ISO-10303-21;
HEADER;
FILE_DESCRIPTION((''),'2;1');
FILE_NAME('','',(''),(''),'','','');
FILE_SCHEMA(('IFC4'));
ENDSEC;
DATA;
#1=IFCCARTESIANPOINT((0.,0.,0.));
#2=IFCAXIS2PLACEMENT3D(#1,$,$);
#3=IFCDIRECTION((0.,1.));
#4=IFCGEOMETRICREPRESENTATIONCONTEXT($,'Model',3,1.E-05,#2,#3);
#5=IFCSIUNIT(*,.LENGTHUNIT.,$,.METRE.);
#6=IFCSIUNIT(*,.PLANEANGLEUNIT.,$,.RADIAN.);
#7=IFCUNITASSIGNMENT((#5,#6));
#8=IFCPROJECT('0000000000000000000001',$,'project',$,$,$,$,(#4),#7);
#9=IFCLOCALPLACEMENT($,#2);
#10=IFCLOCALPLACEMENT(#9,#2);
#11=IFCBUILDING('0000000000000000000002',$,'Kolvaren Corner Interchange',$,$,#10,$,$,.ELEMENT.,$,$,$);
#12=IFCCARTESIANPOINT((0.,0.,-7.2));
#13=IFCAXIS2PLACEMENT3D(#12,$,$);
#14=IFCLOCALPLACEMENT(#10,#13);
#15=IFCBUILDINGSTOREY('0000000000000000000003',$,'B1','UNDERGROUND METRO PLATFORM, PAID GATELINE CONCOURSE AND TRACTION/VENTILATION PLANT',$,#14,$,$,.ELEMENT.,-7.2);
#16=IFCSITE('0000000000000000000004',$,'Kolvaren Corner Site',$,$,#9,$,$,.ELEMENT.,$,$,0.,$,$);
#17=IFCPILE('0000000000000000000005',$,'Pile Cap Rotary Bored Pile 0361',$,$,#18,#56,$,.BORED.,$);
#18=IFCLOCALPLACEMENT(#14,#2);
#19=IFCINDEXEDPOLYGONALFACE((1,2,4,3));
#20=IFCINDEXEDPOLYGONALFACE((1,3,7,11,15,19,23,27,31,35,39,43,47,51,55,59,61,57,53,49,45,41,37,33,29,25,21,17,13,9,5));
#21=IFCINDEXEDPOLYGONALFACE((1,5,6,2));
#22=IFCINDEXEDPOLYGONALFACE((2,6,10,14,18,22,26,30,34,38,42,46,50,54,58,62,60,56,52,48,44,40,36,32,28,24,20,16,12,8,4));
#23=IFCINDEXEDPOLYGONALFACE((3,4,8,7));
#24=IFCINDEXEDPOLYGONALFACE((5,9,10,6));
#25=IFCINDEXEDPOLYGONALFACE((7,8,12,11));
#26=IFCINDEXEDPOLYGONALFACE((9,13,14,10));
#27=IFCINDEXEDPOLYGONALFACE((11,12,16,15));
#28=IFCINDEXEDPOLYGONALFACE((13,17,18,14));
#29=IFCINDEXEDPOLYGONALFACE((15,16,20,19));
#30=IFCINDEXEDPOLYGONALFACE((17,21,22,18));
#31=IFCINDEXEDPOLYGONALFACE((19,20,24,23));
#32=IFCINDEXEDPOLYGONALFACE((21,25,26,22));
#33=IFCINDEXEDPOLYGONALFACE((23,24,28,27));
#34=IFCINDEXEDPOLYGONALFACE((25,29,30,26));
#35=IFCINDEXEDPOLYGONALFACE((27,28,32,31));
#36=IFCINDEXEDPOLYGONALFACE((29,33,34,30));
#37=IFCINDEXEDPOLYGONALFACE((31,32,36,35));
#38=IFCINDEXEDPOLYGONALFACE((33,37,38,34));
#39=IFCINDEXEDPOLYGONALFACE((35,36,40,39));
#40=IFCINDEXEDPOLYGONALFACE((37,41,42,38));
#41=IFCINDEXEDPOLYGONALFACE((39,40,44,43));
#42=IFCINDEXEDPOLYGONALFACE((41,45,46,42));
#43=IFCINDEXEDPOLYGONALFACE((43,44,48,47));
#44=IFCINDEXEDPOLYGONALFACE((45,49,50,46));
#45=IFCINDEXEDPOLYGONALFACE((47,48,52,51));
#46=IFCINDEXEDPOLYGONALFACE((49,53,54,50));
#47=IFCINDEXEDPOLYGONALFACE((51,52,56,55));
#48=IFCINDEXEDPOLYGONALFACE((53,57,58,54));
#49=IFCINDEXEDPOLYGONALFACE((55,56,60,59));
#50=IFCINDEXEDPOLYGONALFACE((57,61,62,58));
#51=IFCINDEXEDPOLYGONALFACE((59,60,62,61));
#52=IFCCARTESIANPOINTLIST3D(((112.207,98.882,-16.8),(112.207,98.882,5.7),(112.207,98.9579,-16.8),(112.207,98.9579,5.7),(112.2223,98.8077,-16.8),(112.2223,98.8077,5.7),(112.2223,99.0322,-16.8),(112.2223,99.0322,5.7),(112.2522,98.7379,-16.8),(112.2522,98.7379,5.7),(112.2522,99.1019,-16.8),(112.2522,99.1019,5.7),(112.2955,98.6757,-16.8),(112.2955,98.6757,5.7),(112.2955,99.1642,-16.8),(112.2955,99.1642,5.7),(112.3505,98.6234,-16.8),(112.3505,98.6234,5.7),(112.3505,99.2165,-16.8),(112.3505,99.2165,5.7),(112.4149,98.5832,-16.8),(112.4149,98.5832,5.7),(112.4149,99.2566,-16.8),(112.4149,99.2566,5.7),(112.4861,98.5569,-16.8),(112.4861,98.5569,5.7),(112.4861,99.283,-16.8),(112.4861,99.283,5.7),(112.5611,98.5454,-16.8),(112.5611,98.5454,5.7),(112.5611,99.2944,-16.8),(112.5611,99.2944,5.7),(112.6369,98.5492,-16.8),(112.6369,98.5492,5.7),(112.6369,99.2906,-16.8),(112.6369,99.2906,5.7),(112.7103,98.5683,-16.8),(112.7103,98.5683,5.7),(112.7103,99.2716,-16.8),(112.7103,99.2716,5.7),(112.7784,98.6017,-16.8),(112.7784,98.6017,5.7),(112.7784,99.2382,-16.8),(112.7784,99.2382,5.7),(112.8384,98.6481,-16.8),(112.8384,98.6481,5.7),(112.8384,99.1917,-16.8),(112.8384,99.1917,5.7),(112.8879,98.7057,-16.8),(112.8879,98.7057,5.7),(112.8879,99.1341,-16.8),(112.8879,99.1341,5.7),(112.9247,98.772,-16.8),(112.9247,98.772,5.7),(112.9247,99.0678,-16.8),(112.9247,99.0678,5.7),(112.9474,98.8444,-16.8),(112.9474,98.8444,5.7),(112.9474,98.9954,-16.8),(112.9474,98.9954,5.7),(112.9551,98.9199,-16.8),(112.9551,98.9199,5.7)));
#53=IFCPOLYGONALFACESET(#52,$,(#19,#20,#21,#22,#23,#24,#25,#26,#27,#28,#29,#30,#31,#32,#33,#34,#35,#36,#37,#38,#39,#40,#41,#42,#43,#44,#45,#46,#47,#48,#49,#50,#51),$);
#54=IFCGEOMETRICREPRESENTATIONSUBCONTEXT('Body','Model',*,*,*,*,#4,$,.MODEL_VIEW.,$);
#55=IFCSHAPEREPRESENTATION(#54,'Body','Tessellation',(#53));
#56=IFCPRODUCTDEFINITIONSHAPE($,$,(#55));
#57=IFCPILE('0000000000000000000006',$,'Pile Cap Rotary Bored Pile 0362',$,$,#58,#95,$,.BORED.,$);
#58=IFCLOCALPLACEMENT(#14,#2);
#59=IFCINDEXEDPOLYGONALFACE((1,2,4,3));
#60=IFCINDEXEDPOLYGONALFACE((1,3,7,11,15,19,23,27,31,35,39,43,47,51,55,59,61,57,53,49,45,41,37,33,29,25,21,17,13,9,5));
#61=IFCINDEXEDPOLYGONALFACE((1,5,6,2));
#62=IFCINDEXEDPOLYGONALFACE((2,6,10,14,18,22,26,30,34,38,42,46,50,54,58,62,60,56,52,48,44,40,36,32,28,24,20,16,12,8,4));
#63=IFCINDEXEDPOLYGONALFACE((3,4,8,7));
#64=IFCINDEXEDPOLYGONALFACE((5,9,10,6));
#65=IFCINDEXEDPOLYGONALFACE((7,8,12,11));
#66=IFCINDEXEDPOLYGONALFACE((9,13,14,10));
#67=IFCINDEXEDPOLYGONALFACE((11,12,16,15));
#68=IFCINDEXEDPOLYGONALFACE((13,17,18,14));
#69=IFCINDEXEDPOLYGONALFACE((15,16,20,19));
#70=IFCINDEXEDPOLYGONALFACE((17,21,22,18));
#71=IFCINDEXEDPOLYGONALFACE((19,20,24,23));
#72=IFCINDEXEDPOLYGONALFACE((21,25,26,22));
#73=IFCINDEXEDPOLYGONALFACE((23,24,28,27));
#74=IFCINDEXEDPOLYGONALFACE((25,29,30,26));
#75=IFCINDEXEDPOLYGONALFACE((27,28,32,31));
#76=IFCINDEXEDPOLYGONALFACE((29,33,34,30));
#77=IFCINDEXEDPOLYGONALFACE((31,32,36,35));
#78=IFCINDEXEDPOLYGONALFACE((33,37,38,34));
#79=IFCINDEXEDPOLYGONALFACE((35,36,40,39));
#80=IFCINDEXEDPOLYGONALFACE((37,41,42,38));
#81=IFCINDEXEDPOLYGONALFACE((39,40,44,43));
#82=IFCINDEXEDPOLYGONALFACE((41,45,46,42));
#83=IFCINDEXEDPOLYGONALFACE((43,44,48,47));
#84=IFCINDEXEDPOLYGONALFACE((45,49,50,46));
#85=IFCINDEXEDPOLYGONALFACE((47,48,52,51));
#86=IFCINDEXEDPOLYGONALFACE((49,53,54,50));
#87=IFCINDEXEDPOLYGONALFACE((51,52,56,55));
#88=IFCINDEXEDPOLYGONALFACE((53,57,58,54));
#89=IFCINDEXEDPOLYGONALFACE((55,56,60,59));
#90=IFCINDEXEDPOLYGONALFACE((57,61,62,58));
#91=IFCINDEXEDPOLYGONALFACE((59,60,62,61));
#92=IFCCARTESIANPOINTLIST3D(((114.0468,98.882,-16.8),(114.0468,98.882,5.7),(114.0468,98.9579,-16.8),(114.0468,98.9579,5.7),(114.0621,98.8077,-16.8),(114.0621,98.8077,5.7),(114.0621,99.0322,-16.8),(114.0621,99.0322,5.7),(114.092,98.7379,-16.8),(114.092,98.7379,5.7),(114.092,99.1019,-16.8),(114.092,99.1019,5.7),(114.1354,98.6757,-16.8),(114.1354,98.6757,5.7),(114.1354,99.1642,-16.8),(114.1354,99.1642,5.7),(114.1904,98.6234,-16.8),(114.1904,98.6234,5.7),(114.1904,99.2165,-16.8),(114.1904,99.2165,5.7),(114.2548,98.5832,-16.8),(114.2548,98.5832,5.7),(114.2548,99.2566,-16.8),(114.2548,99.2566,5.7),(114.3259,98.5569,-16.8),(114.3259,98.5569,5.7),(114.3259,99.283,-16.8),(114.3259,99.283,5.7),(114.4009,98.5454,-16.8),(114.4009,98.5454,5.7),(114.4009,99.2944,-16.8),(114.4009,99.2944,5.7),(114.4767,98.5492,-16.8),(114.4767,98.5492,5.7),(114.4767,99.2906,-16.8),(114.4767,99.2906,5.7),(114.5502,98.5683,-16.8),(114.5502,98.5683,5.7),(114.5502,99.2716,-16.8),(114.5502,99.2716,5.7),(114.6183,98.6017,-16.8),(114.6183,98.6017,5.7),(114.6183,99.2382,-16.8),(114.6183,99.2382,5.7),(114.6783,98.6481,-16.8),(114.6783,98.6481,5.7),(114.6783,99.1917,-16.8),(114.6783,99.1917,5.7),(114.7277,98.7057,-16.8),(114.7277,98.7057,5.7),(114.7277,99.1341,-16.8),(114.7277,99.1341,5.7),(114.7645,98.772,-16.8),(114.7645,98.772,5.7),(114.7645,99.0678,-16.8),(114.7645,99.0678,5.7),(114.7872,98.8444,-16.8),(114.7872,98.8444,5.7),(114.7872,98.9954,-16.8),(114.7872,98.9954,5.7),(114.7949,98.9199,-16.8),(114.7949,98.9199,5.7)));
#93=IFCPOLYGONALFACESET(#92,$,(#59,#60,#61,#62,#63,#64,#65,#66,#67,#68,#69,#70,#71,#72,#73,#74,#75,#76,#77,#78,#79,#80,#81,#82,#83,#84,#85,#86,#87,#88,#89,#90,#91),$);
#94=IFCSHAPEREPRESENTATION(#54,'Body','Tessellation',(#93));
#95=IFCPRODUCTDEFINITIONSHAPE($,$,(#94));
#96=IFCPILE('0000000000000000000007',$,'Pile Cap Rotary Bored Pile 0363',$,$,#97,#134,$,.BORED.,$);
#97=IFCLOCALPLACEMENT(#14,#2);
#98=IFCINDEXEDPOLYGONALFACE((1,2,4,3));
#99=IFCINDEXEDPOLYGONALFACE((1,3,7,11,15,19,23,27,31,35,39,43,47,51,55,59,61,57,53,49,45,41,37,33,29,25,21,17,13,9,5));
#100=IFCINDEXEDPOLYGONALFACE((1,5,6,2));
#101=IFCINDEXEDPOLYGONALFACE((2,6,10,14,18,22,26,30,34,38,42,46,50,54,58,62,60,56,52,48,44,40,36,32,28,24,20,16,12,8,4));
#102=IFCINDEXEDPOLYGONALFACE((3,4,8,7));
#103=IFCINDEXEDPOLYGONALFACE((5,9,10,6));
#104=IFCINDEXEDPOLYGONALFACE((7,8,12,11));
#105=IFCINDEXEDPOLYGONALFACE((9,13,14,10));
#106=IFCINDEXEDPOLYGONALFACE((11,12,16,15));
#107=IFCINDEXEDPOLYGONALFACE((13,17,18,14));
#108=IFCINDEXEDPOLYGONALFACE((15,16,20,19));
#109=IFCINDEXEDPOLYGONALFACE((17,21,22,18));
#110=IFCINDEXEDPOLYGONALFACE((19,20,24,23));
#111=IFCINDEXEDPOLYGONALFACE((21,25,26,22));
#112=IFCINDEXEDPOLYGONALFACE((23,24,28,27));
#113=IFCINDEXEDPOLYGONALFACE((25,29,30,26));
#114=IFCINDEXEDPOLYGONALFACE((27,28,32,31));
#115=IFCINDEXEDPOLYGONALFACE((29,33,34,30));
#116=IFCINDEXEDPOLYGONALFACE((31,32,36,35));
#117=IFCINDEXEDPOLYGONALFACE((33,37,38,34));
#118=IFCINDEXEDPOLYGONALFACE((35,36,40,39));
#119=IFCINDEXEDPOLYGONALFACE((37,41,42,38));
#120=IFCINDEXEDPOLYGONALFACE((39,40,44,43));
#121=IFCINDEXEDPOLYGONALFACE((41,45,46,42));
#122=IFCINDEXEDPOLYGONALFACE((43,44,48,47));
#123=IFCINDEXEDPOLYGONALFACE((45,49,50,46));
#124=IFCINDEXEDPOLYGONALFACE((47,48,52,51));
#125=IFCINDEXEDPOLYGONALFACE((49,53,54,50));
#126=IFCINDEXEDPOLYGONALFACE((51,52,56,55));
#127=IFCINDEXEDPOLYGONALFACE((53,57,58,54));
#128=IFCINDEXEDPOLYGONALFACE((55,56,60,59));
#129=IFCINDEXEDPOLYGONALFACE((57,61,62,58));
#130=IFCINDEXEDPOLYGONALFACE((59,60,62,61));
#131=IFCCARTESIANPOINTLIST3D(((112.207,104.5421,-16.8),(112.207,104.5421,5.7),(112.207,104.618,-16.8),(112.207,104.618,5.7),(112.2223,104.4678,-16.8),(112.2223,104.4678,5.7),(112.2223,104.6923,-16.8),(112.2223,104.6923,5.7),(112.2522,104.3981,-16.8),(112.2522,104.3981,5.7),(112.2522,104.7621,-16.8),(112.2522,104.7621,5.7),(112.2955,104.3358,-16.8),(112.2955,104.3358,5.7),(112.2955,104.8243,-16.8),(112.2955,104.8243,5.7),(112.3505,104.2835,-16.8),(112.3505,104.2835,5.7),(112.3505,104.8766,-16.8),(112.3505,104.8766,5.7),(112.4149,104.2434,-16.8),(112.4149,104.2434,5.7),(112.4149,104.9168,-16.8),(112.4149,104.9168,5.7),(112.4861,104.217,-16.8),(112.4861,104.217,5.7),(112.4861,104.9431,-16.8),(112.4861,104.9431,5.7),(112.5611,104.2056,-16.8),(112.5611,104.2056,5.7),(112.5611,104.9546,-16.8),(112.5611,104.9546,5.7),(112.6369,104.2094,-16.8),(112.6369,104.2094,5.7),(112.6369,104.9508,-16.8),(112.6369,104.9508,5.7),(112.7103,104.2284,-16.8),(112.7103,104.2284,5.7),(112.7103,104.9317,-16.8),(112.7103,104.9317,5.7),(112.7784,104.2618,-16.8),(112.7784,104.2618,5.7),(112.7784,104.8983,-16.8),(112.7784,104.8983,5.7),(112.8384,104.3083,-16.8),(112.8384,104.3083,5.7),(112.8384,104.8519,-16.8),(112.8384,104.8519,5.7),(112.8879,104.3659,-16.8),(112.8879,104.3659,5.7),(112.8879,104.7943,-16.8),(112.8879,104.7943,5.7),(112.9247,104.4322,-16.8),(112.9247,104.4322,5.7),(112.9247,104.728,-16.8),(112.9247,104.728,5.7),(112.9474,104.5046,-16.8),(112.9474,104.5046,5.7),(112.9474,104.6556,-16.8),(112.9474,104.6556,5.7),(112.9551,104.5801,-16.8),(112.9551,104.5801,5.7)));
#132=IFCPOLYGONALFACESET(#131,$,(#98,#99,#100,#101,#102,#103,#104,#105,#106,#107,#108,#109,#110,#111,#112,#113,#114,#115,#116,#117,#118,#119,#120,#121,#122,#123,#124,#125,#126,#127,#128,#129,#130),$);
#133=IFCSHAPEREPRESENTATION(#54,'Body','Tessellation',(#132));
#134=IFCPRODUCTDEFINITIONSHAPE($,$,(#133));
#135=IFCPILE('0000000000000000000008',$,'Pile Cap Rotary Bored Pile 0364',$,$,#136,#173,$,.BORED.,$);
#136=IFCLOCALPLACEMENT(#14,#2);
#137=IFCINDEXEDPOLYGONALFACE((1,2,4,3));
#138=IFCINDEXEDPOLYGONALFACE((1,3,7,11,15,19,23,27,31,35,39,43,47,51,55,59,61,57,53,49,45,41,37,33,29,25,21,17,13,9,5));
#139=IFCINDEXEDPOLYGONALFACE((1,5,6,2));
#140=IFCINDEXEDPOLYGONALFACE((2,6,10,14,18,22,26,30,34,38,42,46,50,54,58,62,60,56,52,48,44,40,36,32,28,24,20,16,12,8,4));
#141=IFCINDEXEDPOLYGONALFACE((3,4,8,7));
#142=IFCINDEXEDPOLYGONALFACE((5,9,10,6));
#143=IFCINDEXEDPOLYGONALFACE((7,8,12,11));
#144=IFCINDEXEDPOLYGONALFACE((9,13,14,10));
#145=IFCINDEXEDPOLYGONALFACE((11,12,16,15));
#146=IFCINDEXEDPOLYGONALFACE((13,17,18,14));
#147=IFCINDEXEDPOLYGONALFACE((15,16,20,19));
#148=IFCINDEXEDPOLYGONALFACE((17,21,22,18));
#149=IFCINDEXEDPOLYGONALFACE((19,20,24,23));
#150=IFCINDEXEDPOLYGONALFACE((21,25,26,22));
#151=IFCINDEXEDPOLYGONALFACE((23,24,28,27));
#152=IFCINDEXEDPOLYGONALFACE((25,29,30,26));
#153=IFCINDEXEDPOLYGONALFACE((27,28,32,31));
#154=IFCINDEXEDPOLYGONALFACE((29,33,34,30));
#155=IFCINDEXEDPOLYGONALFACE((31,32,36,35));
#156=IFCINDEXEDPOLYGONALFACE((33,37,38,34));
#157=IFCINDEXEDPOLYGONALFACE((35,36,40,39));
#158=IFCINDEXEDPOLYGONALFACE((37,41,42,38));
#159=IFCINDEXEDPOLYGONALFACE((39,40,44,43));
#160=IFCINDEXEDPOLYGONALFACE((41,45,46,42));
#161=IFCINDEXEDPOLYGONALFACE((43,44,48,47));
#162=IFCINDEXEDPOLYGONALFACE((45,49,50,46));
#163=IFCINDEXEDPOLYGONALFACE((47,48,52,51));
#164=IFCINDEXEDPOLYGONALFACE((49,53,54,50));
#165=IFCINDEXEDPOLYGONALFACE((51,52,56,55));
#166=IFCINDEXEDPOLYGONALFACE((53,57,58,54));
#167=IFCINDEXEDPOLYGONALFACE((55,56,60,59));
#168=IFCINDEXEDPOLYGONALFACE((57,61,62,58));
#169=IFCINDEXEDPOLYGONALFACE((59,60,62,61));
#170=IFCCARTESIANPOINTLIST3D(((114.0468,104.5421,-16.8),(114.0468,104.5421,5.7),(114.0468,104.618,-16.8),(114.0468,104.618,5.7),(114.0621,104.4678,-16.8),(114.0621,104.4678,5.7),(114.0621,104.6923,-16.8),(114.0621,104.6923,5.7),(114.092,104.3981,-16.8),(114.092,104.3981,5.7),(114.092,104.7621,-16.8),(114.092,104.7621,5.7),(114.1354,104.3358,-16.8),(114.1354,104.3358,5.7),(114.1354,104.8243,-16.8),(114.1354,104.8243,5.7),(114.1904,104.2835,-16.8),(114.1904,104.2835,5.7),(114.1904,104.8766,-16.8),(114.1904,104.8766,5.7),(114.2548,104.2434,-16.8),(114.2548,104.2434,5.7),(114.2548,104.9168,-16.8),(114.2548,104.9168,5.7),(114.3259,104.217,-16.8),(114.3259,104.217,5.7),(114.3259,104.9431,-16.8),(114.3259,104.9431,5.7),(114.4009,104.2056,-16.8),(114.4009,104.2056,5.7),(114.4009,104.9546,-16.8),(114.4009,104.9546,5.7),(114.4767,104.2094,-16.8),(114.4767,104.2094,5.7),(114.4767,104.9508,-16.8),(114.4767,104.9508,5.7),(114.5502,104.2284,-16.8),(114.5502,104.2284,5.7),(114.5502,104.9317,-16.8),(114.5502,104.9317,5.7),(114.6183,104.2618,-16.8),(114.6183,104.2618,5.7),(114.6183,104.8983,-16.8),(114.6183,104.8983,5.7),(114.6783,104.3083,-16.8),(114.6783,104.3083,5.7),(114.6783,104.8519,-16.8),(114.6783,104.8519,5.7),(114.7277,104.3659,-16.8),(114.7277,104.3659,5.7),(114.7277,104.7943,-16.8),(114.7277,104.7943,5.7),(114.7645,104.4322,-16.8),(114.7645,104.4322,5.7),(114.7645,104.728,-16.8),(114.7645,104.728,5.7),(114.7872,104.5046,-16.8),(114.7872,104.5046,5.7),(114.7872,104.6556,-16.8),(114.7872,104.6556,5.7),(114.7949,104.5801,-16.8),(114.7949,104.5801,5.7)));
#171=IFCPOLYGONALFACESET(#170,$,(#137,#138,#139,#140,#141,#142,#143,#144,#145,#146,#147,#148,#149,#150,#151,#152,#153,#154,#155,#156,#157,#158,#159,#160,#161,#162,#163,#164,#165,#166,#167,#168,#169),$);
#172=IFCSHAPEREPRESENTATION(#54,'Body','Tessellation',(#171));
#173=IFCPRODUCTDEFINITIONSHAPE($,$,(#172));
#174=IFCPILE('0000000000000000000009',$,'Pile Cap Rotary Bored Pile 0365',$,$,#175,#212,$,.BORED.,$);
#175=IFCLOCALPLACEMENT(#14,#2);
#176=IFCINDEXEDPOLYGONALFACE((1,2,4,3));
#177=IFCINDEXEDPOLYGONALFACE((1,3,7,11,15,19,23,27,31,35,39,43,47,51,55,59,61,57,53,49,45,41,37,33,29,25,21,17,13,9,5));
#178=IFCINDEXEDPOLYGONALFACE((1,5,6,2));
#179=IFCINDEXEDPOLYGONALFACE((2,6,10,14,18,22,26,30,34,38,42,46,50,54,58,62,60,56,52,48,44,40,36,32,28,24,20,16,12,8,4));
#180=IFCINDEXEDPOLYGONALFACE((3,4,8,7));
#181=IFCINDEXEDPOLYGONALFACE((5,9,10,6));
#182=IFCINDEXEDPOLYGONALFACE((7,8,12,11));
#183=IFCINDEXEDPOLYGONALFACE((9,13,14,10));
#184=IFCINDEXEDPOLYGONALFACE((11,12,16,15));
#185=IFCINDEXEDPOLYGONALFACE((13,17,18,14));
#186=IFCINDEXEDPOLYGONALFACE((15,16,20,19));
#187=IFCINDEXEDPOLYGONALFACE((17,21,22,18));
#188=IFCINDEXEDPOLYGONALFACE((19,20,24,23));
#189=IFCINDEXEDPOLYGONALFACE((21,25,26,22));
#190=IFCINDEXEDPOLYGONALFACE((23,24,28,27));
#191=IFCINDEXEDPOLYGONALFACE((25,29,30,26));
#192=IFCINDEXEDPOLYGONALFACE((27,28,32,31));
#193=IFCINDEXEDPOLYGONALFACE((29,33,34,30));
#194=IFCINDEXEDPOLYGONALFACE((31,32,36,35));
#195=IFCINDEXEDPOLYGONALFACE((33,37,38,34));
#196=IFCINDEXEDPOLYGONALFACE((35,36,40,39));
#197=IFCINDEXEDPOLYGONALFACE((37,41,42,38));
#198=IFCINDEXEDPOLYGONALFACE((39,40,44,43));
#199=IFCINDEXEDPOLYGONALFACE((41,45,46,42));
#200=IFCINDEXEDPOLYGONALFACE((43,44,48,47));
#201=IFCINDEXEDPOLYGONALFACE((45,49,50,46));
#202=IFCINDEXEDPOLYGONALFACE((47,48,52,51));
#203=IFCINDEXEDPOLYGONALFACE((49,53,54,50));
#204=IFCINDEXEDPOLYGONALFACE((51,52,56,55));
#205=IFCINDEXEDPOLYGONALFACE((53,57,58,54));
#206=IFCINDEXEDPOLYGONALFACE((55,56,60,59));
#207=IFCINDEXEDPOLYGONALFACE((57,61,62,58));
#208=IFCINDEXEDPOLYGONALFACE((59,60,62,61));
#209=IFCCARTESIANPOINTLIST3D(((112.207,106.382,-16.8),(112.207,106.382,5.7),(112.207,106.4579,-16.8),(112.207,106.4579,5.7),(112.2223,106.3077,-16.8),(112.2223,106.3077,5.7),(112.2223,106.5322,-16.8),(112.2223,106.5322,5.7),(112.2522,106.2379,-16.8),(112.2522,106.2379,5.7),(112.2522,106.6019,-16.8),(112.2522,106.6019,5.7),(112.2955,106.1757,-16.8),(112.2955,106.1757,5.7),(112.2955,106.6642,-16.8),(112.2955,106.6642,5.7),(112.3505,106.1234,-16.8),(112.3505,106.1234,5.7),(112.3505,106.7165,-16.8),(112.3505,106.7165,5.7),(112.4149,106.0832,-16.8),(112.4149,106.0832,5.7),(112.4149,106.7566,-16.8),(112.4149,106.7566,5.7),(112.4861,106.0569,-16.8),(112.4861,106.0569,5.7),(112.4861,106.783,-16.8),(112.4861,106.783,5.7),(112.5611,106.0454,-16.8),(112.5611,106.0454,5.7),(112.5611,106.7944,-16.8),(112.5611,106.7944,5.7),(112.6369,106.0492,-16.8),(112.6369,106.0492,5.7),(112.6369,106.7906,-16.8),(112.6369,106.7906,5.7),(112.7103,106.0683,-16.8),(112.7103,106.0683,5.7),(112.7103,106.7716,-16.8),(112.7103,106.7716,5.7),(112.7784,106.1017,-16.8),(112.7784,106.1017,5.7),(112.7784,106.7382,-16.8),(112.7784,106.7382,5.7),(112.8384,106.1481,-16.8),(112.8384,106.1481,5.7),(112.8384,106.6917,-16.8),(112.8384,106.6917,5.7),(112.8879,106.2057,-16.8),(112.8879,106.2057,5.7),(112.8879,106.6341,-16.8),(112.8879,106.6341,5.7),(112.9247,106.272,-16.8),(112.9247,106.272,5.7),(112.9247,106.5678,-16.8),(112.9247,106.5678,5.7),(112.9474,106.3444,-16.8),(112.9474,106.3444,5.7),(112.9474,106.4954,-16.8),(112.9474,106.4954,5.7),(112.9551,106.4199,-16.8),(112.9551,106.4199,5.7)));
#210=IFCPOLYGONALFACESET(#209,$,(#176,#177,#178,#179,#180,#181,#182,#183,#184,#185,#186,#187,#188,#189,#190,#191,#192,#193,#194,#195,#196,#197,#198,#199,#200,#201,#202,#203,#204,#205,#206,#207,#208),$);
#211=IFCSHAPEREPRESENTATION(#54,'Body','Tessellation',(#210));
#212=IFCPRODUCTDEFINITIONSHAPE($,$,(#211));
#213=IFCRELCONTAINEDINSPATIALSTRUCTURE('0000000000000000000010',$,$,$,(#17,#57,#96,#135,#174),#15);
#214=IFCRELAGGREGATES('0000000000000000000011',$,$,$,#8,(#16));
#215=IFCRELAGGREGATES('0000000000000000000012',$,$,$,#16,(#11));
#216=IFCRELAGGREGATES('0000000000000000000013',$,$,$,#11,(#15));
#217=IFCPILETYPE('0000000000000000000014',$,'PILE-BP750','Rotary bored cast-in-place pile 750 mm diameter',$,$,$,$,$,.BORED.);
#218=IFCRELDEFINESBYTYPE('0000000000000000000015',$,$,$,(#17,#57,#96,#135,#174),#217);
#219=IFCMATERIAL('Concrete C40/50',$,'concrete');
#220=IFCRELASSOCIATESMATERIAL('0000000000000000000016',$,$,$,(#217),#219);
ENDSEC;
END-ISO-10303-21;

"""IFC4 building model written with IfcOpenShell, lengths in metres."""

from ifc_helpers import new_model, si_unit, direction, frame, origin, origin_2d, place, context, subcontext, project, spatial, circle, extrude, material, material_profile, profile_set, type_object, element, save


model = new_model("IFC4")

# Units and contexts
model_context = context("Model", 3, precision=1e-05, world=origin(), true_north=direction((0.0, 1.0)))
body_context = subcontext(model_context, "Body", "Model", "MODEL_VIEW")
ifc_project = project(units=[si_unit("LENGTHUNIT", "METRE"), si_unit("PLANEANGLEUNIT", "RADIAN")], contexts=[model_context])

# Site, building, storey
site_placement = place(None, origin())
site = spatial("IfcSite", under=ifc_project, at=site_placement, Name="Kolvaren Corner Site", CompositionType="ELEMENT", RefElevation=0.0)
building_placement = place(site_placement, origin())
building = spatial("IfcBuilding", under=site, at=building_placement, Name="Kolvaren Corner Interchange", CompositionType="ELEMENT")
storey_placement = place(building_placement, frame((0.0, 0.0, -7.2)))
storey = spatial("IfcBuildingStorey", under=building, at=storey_placement, Name="B1", Description="UNDERGROUND METRO PLATFORM, PAID GATELINE CONCOURSE AND TRACTION/VENTILATION PLANT", CompositionType="ELEMENT", Elevation=-7.2)

# Piles
ifc_material_1 = material(Name="Concrete C40/50", Category="concrete")
ifc_material_profile = material_profile(ifc_material_1, circle(Radius=0.375, at=origin_2d()), Name="BORED PILE 750")
ifc_profile_set = profile_set([ifc_material_profile], Name="Concrete C40/50")
pile_type = type_object("IfcPileType", Name="PILE-BP750", Description="Rotary bored cast-in-place pile 750 mm diameter", PredefinedType="BORED", material=ifc_profile_set)
for number, where, z_axis, x_axis, name in (
    (1, (112.5801, 98.9199, 5.7), (0.0, 0.0, -1.0), (1.0, 0.0, 0.0), "Pile Cap Rotary Bored Pile 0361"),
    (2, (114.4199, 98.9199, 5.7), (0.0, 0.0, -1.0), (1.0, 0.0, 0.0), "Pile Cap Rotary Bored Pile 0362"),
    (3, (112.5801, 104.5801, 5.7), (0.0, 0.0, -1.0), (1.0, 0.0, 0.0), "Pile Cap Rotary Bored Pile 0363"),
    (4, (114.4199, 104.5801, 5.7), (0.0, 0.0, -1.0), (1.0, 0.0, 0.0), "Pile Cap Rotary Bored Pile 0364"),
    (5, (112.5801, 106.4199, 5.7), (0.0, 0.0, -1.0), (1.0, 0.0, 0.0), "Pile Cap Rotary Bored Pile 0365"),
):
    element("IfcPile", number, at=place(storey_placement, frame(where, z_axis=z_axis, x_axis=x_axis)), inside=storey, type_object=pile_type, Name=name, PredefinedType="BORED", context=body_context, shape_type="SweptSolid", body=[
        extrude(circle(Radius=0.375, at=origin_2d()), origin(), (0.0, 0.0, 1.0), 22.5),
    ])

save(model, "model.ifc")
